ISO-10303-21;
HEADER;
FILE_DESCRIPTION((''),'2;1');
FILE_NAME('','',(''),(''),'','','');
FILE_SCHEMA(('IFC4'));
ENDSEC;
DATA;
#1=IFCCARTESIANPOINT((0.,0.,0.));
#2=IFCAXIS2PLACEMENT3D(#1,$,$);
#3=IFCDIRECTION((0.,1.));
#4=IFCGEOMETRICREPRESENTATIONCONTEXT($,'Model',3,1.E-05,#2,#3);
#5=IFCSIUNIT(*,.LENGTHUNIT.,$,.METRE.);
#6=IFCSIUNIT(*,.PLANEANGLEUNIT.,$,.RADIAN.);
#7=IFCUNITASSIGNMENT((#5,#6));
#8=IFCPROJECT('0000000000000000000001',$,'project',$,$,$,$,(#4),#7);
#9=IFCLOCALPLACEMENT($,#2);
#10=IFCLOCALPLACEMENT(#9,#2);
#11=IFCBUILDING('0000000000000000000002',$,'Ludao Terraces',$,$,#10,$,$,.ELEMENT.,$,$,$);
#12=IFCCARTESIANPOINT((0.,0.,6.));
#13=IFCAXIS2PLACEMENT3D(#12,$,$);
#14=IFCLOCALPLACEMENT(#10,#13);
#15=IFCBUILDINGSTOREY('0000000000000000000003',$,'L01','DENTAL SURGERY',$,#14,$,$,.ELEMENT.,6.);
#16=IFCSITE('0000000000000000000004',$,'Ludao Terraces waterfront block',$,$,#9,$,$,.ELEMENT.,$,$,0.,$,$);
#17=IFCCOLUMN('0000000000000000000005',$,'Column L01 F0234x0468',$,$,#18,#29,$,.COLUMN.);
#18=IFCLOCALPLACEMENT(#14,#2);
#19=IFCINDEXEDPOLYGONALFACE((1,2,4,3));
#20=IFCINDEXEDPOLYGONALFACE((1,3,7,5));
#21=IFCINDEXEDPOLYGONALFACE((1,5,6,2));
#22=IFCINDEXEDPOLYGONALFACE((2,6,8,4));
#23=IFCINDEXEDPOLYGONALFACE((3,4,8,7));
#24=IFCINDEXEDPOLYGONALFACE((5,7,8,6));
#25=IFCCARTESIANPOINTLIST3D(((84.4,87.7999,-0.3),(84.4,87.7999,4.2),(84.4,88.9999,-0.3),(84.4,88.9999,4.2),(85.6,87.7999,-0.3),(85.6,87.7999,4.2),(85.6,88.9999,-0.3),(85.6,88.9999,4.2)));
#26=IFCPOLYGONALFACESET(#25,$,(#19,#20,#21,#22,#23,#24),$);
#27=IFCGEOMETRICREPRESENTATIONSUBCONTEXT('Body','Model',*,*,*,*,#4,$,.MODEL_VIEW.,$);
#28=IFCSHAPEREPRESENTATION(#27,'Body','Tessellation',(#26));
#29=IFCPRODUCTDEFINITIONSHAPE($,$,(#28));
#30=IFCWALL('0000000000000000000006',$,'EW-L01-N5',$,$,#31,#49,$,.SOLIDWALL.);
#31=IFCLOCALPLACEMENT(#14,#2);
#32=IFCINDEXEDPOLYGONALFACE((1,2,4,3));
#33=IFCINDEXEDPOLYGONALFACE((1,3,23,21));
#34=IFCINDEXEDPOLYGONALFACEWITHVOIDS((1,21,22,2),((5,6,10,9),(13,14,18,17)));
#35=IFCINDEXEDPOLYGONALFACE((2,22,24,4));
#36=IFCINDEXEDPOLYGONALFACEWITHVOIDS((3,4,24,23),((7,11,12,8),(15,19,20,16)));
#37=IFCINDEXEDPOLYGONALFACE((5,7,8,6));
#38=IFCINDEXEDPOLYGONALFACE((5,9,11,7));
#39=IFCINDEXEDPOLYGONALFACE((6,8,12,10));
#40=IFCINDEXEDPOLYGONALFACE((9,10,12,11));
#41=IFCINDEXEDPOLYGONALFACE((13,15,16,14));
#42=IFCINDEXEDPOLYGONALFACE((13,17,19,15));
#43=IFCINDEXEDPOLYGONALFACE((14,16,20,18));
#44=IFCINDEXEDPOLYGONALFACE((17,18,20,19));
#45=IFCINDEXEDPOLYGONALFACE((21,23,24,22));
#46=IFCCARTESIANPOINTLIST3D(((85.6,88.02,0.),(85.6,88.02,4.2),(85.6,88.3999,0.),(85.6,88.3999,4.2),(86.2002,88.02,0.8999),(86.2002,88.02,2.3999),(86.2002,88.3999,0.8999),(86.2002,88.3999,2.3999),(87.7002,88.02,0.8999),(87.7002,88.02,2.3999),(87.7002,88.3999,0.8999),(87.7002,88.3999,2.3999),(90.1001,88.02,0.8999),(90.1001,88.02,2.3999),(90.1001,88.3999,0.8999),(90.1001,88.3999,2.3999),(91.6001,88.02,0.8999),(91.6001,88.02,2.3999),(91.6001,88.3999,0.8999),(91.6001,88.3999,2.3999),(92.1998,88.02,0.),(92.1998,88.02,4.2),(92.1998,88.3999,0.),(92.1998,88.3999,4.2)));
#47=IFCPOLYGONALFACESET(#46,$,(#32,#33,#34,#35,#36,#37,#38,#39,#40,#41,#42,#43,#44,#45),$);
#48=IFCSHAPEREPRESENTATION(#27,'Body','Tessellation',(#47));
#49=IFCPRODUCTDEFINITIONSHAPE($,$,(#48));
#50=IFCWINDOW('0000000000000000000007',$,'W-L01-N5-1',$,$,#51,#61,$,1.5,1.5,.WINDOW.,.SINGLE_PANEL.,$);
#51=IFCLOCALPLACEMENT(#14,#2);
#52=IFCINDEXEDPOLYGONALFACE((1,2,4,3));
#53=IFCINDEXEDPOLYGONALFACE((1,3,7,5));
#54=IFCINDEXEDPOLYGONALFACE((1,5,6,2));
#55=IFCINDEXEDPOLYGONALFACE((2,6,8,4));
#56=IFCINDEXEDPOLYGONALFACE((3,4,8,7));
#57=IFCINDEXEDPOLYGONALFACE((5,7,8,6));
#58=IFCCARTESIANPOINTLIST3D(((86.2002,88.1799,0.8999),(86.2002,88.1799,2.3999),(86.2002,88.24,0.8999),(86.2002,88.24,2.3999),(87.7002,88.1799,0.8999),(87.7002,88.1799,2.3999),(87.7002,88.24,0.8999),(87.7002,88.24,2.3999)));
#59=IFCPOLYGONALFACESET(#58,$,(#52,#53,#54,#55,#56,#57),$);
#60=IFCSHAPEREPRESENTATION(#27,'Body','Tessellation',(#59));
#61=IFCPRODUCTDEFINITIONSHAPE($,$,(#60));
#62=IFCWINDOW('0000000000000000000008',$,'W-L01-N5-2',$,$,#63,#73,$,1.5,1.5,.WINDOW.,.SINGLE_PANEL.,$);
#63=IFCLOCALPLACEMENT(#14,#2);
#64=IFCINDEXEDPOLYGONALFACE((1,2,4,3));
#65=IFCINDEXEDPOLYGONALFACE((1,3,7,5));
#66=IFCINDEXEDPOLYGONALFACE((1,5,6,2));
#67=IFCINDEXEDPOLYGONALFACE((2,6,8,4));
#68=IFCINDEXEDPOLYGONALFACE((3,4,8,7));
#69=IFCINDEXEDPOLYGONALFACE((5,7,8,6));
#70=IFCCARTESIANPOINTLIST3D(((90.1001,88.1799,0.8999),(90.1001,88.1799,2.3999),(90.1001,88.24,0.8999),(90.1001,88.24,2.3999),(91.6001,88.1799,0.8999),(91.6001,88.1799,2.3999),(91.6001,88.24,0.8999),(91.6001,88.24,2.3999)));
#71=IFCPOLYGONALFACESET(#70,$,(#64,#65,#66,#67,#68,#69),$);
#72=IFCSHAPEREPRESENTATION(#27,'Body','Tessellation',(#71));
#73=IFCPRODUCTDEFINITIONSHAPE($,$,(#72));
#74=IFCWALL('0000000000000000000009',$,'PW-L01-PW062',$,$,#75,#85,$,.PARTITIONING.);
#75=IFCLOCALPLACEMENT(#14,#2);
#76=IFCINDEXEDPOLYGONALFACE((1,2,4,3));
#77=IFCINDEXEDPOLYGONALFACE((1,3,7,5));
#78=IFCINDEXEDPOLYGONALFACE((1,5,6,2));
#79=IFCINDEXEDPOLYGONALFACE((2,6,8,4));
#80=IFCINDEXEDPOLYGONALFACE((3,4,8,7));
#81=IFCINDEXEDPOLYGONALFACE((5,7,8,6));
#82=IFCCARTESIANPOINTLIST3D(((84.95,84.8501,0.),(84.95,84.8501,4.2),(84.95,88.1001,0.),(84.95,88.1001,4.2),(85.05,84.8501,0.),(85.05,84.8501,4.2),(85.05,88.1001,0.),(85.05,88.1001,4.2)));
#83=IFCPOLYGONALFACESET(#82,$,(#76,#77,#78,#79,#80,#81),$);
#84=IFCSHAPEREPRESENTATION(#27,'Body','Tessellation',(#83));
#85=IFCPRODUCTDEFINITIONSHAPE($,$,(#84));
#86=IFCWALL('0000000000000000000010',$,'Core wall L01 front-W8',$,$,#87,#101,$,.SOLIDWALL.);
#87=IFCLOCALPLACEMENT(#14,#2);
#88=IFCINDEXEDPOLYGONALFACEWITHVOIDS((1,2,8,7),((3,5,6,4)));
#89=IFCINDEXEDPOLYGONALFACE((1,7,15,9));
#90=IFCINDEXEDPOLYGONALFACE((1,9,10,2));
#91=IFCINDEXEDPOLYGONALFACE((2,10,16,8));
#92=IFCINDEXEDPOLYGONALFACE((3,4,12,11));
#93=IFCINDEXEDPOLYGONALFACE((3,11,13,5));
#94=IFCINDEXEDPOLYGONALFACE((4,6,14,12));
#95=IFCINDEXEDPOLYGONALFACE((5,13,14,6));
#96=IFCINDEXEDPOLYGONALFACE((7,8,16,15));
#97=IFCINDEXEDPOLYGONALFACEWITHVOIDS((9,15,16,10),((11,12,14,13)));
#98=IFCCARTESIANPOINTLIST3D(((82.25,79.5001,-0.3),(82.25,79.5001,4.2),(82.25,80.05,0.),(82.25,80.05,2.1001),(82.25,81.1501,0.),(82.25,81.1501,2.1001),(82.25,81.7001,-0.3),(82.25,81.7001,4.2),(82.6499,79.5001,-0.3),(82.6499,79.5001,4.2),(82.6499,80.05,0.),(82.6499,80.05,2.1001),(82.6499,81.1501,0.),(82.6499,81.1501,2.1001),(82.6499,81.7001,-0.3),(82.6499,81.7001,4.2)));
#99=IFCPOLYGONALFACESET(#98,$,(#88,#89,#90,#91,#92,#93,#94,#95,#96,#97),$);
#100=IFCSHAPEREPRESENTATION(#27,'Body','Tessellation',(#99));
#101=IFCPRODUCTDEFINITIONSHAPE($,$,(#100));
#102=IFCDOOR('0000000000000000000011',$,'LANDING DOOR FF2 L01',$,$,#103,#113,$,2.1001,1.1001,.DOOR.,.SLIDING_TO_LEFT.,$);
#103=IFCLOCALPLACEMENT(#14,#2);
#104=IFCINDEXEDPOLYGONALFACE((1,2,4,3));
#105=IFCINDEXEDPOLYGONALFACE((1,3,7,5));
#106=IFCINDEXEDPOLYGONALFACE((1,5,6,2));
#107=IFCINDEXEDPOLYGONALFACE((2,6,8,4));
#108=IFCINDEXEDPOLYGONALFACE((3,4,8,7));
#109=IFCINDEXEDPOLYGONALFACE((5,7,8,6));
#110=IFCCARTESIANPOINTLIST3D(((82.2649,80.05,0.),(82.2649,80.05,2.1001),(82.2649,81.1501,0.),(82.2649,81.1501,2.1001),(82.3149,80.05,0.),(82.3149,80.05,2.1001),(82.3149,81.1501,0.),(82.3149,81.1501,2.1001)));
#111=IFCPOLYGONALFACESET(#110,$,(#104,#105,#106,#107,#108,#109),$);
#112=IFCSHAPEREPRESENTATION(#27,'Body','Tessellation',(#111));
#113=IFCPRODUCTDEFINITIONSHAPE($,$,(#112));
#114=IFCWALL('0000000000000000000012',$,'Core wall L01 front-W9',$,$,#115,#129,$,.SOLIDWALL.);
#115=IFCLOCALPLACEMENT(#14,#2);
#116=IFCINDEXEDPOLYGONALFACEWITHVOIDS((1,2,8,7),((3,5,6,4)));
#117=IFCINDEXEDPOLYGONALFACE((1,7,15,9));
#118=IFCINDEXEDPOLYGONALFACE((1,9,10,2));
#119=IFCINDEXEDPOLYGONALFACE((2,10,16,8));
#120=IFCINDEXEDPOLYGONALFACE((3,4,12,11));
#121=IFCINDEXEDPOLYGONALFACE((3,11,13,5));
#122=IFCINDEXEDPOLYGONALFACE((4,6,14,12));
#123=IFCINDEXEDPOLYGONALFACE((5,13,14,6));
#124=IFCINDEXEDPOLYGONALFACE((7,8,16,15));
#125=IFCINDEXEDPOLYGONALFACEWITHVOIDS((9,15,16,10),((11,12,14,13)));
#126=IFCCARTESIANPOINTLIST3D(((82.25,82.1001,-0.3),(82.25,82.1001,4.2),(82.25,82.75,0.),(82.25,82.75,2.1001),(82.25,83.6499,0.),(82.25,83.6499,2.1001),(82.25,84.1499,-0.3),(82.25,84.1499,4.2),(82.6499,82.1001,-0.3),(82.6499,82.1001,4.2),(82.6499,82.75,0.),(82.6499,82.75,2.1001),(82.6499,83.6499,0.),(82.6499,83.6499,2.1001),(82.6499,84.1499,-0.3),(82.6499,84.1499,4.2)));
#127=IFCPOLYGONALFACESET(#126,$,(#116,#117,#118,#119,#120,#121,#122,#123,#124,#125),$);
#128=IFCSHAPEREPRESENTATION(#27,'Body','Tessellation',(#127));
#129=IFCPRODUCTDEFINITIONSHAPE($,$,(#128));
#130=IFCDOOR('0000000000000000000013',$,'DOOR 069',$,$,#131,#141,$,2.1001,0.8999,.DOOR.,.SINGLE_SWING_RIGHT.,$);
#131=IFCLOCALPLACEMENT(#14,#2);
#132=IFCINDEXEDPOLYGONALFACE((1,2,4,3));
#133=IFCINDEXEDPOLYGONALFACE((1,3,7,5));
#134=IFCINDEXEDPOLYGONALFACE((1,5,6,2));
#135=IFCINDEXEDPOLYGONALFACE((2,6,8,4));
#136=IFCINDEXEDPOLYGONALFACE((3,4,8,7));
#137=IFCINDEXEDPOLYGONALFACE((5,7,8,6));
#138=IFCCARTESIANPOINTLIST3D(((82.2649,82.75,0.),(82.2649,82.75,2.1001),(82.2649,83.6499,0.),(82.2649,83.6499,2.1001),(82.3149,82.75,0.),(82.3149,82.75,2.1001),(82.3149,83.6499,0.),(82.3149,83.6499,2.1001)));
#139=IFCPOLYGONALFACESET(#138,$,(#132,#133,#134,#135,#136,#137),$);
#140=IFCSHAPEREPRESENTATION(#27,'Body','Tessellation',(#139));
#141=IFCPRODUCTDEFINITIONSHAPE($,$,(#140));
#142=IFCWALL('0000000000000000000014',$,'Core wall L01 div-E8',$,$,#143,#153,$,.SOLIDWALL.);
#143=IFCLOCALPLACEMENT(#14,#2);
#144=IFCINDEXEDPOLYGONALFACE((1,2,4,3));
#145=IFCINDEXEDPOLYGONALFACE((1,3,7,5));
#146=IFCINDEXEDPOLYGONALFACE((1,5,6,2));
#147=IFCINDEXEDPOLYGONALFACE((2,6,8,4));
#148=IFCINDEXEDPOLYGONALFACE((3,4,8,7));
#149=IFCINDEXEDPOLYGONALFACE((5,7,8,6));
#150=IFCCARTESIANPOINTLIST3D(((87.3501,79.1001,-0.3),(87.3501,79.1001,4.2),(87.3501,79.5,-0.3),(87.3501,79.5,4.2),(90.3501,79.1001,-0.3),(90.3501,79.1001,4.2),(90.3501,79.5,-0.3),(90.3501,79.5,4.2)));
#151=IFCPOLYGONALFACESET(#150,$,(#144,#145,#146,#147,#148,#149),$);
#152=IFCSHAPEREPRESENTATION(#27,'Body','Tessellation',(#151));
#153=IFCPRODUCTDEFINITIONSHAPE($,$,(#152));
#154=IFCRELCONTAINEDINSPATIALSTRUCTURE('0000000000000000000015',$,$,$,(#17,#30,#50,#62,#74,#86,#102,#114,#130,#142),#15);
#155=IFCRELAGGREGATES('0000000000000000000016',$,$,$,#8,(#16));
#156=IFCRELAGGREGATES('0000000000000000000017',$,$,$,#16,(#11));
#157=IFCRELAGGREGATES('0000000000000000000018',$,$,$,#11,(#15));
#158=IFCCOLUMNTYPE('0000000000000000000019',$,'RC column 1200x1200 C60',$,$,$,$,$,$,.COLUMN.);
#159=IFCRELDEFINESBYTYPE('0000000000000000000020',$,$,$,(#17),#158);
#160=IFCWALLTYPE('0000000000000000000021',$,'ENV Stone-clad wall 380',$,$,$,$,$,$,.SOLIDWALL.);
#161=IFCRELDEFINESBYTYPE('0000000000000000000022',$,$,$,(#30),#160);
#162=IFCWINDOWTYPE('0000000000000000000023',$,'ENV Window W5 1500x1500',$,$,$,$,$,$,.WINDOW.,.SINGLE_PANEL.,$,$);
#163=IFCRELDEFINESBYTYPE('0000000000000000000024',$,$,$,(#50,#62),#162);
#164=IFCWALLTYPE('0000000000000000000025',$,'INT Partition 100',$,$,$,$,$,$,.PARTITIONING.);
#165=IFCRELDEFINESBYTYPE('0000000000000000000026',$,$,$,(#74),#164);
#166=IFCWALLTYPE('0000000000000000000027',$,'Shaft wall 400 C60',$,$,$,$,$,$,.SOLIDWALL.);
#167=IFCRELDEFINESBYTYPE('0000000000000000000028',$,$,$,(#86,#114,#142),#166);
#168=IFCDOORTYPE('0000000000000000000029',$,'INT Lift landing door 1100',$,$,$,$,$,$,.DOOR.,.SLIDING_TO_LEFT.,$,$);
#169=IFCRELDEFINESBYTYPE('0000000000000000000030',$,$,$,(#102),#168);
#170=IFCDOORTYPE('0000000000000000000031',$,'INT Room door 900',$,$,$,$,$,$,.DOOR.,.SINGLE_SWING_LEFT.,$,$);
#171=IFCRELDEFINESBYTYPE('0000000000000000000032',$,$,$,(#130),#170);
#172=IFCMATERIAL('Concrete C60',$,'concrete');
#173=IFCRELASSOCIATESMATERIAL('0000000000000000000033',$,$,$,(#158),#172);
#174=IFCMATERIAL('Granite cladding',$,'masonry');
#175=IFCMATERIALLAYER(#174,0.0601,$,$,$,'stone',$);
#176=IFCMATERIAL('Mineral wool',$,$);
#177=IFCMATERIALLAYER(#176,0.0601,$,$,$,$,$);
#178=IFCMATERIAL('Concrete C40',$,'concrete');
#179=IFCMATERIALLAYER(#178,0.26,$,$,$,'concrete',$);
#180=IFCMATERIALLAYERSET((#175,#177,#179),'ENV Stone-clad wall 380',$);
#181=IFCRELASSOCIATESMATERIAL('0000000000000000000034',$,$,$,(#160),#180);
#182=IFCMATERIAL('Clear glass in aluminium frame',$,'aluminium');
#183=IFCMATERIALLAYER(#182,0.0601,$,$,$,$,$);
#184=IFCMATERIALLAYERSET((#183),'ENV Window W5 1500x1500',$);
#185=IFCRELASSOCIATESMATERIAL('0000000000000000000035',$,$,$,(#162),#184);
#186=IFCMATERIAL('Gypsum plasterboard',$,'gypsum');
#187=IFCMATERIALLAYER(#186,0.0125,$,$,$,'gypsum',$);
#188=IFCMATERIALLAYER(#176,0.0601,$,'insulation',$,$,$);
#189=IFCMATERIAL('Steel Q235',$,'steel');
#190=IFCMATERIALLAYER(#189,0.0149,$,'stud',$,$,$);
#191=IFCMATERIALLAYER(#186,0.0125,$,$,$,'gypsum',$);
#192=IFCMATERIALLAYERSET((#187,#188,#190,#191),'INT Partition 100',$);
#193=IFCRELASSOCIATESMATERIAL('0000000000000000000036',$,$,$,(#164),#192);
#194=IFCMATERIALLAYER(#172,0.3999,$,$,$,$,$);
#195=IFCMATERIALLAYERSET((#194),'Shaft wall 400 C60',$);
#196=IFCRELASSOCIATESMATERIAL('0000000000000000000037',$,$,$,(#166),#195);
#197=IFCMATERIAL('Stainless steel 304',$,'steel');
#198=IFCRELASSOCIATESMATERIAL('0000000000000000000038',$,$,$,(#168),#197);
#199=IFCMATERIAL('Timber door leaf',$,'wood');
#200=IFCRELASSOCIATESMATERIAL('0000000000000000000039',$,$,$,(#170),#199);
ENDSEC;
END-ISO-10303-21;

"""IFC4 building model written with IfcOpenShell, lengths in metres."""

from ifc_helpers import new_model, si_unit, direction, frame, frame_2d, origin, origin_2d, place, context, subcontext, project, spatial, rectangle, extrude, material, layer, layer_set, material_profile, profile_set, type_object, element, fill, save


model = new_model("IFC4")

# Units and contexts
model_context = context("Model", 3, precision=1e-05, world=origin(), true_north=direction((0.0, 1.0)))
body_context = subcontext(model_context, "Body", "Model", "MODEL_VIEW")
ifc_project = project(units=[si_unit("LENGTHUNIT", "METRE"), si_unit("PLANEANGLEUNIT", "RADIAN")], contexts=[model_context])

# Site, building, storey
site_placement = place(None, origin())
site = spatial("IfcSite", under=ifc_project, at=site_placement, Name="Ludao Terraces waterfront block", CompositionType="ELEMENT", RefElevation=0.0)
building_placement = place(site_placement, origin())
building = spatial("IfcBuilding", under=site, at=building_placement, Name="Ludao Terraces", CompositionType="ELEMENT")
storey_placement = place(building_placement, frame((0.0, 0.0, 6.0)))
storey = spatial("IfcBuildingStorey", under=building, at=storey_placement, Name="L01", Description="DENTAL SURGERY", CompositionType="ELEMENT", Elevation=6.0)

# Column
ifc_material_1 = material(Name="Concrete C60", Category="concrete")
ifc_material_profile = material_profile(ifc_material_1, rectangle(XDim=1.2, YDim=1.2, at=origin_2d()), Name="1200 X 1200")
ifc_profile_set = profile_set([ifc_material_profile], Name="Concrete C60")
column_type = type_object("IfcColumnType", Name="RC column 1200x1200 C60", PredefinedType="COLUMN", material=ifc_profile_set)
column_placement = place(storey_placement, frame((85.0, 88.3999, -0.3), z_axis=(0.0, 0.0, 1.0), x_axis=(1.0, 0.0, 0.0)))
element("IfcColumn", 1, at=column_placement, inside=storey, type_object=column_type, Name="Column L01 F0234x0468", PredefinedType="COLUMN", context=body_context, shape_type="SweptSolid", body=[
    extrude(rectangle(XDim=1.2, YDim=1.2, at=origin_2d()), origin(), (0.0, 0.0, 1.0), 4.5),
])

# Wall, openings, windows
ifc_material_2 = material(Name="Granite cladding", Category="masonry")
ifc_layer_1 = layer(ifc_material_2, 0.0601, Category="stone")
ifc_material_3 = material(Name="Mineral wool")
ifc_layer_2 = layer(ifc_material_3, 0.0601)
ifc_material_4 = material(Name="Concrete C40", Category="concrete")
ifc_layer_3 = layer(ifc_material_4, 0.26, Category="concrete")
ifc_layer_set_1 = layer_set([ifc_layer_1, ifc_layer_2, ifc_layer_3], Name="ENV Stone-clad wall 380")
wall_type_1 = type_object("IfcWallType", Name="ENV Stone-clad wall 380", PredefinedType="SOLIDWALL", material=ifc_layer_set_1)
wall_1_placement = place(storey_placement, frame((85.6001, 88.21, 0.0), z_axis=(0.0, 0.0, 1.0), x_axis=(1.0, 0.0, 0.0)))
wall_1 = element("IfcWall", 2, at=wall_1_placement, inside=storey, type_object=wall_type_1, Name="EW-L01-N5", PredefinedType="SOLIDWALL", context=body_context, shape_type="SweptSolid", body=[
    extrude(rectangle(XDim=6.5999, YDim=0.3799, at=frame_2d((3.2998, 0.0))), origin(), (0.0, 0.0, 1.0), 4.2),
])
opening_1_placement = place(wall_1_placement, frame((0.6001, 0.0, 0.8999)))
opening_1 = element("IfcOpeningElement", 3, at=opening_1_placement, cuts=wall_1, PredefinedType="OPENING", context=body_context, shape_type="SweptSolid", body=[
    extrude(rectangle(XDim=1.5, YDim=1.5, at=frame_2d((0.75, 0.75))), frame((0.0, 0.2, 0.0), z_axis=(0.0, -1.0, 0.0), x_axis=(1.0, 0.0, 0.0)), (0.0, 0.0, 1.0), 0.3999),
])
opening_2_placement = place(wall_1_placement, frame((4.5, 0.0, 0.8999)))
opening_2 = element("IfcOpeningElement", 4, at=opening_2_placement, cuts=wall_1, PredefinedType="OPENING", context=body_context, shape_type="SweptSolid", body=[
    extrude(rectangle(XDim=1.5, YDim=1.5, at=frame_2d((0.75, 0.75))), frame((0.0, 0.2, 0.0), z_axis=(0.0, -1.0, 0.0), x_axis=(1.0, 0.0, 0.0)), (0.0, 0.0, 1.0), 0.3999),
])
ifc_material_5 = material(Name="Clear glass in aluminium frame", Category="aluminium")
ifc_layer_4 = layer(ifc_material_5, 0.0601)
ifc_layer_set_2 = layer_set([ifc_layer_4], Name="ENV Window W5 1500x1500")
window_type = type_object("IfcWindowType", Name="ENV Window W5 1500x1500", PartitioningType="SINGLE_PANEL", PredefinedType="WINDOW", material=ifc_layer_set_2)
window_1_placement = place(opening_1_placement, origin())
window_1 = element("IfcWindow", 5, at=window_1_placement, inside=storey, type_object=window_type, Name="W-L01-N5-1", OverallHeight=1.5, OverallWidth=1.5, PartitioningType="SINGLE_PANEL", PredefinedType="WINDOW", context=body_context, shape_type="SweptSolid", body=[
    extrude(rectangle(XDim=1.5, YDim=1.5, at=frame_2d((0.75, 0.75))), frame((0.0, 0.03, 0.0), z_axis=(0.0, -1.0, 0.0), x_axis=(1.0, 0.0, 0.0)), (0.0, 0.0, 1.0), 0.0601),
])
fill(opening_1, window_1)
window_2_placement = place(opening_2_placement, origin())
window_2 = element("IfcWindow", 6, at=window_2_placement, inside=storey, type_object=window_type, Name="W-L01-N5-2", OverallHeight=1.5, OverallWidth=1.5, PartitioningType="SINGLE_PANEL", PredefinedType="WINDOW", context=body_context, shape_type="SweptSolid", body=[
    extrude(rectangle(XDim=1.5, YDim=1.5, at=frame_2d((0.75, 0.75))), frame((0.0, 0.03, 0.0), z_axis=(0.0, -1.0, 0.0), x_axis=(1.0, 0.0, 0.0)), (0.0, 0.0, 1.0), 0.0601),
])
fill(opening_2, window_2)

# Wall
ifc_material_6 = material(Name="Gypsum plasterboard", Category="gypsum")
ifc_layer_5 = layer(ifc_material_6, 0.0125, Category="gypsum")
ifc_layer_6 = layer(ifc_material_3, 0.0601, Name="insulation")
ifc_material_7 = material(Name="Steel Q235", Category="steel")
ifc_layer_7 = layer(ifc_material_7, 0.0149, Name="stud")
ifc_layer_8 = layer(ifc_material_6, 0.0125, Category="gypsum")
ifc_layer_set_3 = layer_set([ifc_layer_5, ifc_layer_6, ifc_layer_7, ifc_layer_8], Name="INT Partition 100")
wall_type_2 = type_object("IfcWallType", Name="INT Partition 100", PredefinedType="PARTITIONING", material=ifc_layer_set_3)
wall_2_placement = place(storey_placement, frame((85.0, 84.8501, 0.0), z_axis=(0.0, 0.0, 1.0), x_axis=(0.0, 1.0, 0.0)))
element("IfcWall", 7, at=wall_2_placement, inside=storey, type_object=wall_type_2, Name="PW-L01-PW062", PredefinedType="PARTITIONING", context=body_context, shape_type="SweptSolid", body=[
    extrude(rectangle(XDim=3.25, YDim=0.1001, at=frame_2d((1.625, 0.0))), origin(), (0.0, 0.0, 1.0), 4.2),
])

# Walls, openings, doors
ifc_layer_9 = layer(ifc_material_1, 0.3999)
ifc_layer_set_4 = layer_set([ifc_layer_9], Name="Shaft wall 400 C60")
wall_type_3 = type_object("IfcWallType", Name="Shaft wall 400 C60", PredefinedType="SOLIDWALL", material=ifc_layer_set_4)
wall_3_placement = place(storey_placement, frame((82.45, 79.5, -0.3), z_axis=(0.0, 0.0, 1.0), x_axis=(0.0, 1.0, 0.0)))
wall_3 = element("IfcWall", 8, at=wall_3_placement, inside=storey, type_object=wall_type_3, Name="Core wall L01 front-W8", PredefinedType="SOLIDWALL", context=body_context, shape_type="SweptSolid", body=[
    extrude(rectangle(XDim=2.2, YDim=0.3999, at=frame_2d((1.1001, 0.0))), origin(), (0.0, 0.0, 1.0), 4.5),
])
opening_3_placement = place(wall_3_placement, frame((0.55, 0.0, 0.3)))
opening_3 = element("IfcOpeningElement", 9, at=opening_3_placement, cuts=wall_3, PredefinedType="OPENING", context=body_context, shape_type="SweptSolid", body=[
    extrude(rectangle(XDim=1.1001, YDim=2.1001, at=frame_2d((0.55, 1.05))), frame((0.0, 0.21, 0.0), z_axis=(0.0, -1.0, 0.0), x_axis=(1.0, 0.0, 0.0)), (0.0, 0.0, 1.0), 0.4199),
])
ifc_material_8 = material(Name="Stainless steel 304", Category="steel")
door_type_1 = type_object("IfcDoorType", Name="INT Lift landing door 1100", OperationType="SLIDING_TO_LEFT", PredefinedType="DOOR", material=ifc_material_8)
door_1_placement = place(opening_3_placement, origin())
door_1 = element("IfcDoor", 10, at=door_1_placement, inside=storey, type_object=door_type_1, Name="LANDING DOOR FF2 L01", OperationType="SLIDING_TO_LEFT", OverallHeight=2.1001, OverallWidth=1.1001, PredefinedType="DOOR", context=body_context, shape_type="SweptSolid", body=[
    extrude(rectangle(XDim=1.1001, YDim=2.1001, at=frame_2d((0.55, 1.05))), frame((0.0, 0.1851, 0.0), z_axis=(0.0, -1.0, 0.0), x_axis=(1.0, 0.0, 0.0)), (0.0, 0.0, 1.0), 0.05),
])
fill(opening_3, door_1)
wall_4_placement = place(storey_placement, frame((82.45, 82.1001, -0.3), z_axis=(0.0, 0.0, 1.0), x_axis=(0.0, 1.0, 0.0)))
wall_4 = element("IfcWall", 11, at=wall_4_placement, inside=storey, type_object=wall_type_3, Name="Core wall L01 front-W9", PredefinedType="SOLIDWALL", context=body_context, shape_type="SweptSolid", body=[
    extrude(rectangle(XDim=2.0498, YDim=0.3999, at=frame_2d((1.0249, 0.0))), origin(), (0.0, 0.0, 1.0), 4.5),
])
opening_4_placement = place(wall_4_placement, frame((0.6499, 0.0, 0.3)))
opening_4 = element("IfcOpeningElement", 12, at=opening_4_placement, cuts=wall_4, PredefinedType="OPENING", context=body_context, shape_type="SweptSolid", body=[
    extrude(rectangle(XDim=0.8999, YDim=2.1001, at=frame_2d((0.45, 1.05))), frame((0.0, 0.21, 0.0), z_axis=(0.0, -1.0, 0.0), x_axis=(1.0, 0.0, 0.0)), (0.0, 0.0, 1.0), 0.4199),
])
ifc_material_9 = material(Name="Timber door leaf", Category="wood")
door_type_2 = type_object("IfcDoorType", Name="INT Room door 900", OperationType="SINGLE_SWING_LEFT", PredefinedType="DOOR", material=ifc_material_9)
door_2_placement = place(opening_4_placement, origin())
door_2 = element("IfcDoor", 13, at=door_2_placement, inside=storey, type_object=door_type_2, Name="DOOR 069", OperationType="SINGLE_SWING_RIGHT", OverallHeight=2.1001, OverallWidth=0.8999, PredefinedType="DOOR", context=body_context, shape_type="SweptSolid", body=[
    extrude(rectangle(XDim=0.8999, YDim=2.1001, at=frame_2d((0.45, 1.05))), frame((0.0, 0.1851, 0.0), z_axis=(0.0, -1.0, 0.0), x_axis=(1.0, 0.0, 0.0)), (0.0, 0.0, 1.0), 0.05),
])
fill(opening_4, door_2)

# Wall
wall_5_placement = place(storey_placement, frame((87.3501, 79.3, -0.3), z_axis=(0.0, 0.0, 1.0), x_axis=(1.0, 0.0, 0.0)))
element("IfcWall", 14, at=wall_5_placement, inside=storey, type_object=wall_type_3, Name="Core wall L01 div-E8", PredefinedType="SOLIDWALL", context=body_context, shape_type="SweptSolid", body=[
    extrude(rectangle(XDim=3.0, YDim=0.3999, at=frame_2d((1.5, 0.0))), origin(), (0.0, 0.0, 1.0), 4.5),
])

save(model, "model.ifc")
